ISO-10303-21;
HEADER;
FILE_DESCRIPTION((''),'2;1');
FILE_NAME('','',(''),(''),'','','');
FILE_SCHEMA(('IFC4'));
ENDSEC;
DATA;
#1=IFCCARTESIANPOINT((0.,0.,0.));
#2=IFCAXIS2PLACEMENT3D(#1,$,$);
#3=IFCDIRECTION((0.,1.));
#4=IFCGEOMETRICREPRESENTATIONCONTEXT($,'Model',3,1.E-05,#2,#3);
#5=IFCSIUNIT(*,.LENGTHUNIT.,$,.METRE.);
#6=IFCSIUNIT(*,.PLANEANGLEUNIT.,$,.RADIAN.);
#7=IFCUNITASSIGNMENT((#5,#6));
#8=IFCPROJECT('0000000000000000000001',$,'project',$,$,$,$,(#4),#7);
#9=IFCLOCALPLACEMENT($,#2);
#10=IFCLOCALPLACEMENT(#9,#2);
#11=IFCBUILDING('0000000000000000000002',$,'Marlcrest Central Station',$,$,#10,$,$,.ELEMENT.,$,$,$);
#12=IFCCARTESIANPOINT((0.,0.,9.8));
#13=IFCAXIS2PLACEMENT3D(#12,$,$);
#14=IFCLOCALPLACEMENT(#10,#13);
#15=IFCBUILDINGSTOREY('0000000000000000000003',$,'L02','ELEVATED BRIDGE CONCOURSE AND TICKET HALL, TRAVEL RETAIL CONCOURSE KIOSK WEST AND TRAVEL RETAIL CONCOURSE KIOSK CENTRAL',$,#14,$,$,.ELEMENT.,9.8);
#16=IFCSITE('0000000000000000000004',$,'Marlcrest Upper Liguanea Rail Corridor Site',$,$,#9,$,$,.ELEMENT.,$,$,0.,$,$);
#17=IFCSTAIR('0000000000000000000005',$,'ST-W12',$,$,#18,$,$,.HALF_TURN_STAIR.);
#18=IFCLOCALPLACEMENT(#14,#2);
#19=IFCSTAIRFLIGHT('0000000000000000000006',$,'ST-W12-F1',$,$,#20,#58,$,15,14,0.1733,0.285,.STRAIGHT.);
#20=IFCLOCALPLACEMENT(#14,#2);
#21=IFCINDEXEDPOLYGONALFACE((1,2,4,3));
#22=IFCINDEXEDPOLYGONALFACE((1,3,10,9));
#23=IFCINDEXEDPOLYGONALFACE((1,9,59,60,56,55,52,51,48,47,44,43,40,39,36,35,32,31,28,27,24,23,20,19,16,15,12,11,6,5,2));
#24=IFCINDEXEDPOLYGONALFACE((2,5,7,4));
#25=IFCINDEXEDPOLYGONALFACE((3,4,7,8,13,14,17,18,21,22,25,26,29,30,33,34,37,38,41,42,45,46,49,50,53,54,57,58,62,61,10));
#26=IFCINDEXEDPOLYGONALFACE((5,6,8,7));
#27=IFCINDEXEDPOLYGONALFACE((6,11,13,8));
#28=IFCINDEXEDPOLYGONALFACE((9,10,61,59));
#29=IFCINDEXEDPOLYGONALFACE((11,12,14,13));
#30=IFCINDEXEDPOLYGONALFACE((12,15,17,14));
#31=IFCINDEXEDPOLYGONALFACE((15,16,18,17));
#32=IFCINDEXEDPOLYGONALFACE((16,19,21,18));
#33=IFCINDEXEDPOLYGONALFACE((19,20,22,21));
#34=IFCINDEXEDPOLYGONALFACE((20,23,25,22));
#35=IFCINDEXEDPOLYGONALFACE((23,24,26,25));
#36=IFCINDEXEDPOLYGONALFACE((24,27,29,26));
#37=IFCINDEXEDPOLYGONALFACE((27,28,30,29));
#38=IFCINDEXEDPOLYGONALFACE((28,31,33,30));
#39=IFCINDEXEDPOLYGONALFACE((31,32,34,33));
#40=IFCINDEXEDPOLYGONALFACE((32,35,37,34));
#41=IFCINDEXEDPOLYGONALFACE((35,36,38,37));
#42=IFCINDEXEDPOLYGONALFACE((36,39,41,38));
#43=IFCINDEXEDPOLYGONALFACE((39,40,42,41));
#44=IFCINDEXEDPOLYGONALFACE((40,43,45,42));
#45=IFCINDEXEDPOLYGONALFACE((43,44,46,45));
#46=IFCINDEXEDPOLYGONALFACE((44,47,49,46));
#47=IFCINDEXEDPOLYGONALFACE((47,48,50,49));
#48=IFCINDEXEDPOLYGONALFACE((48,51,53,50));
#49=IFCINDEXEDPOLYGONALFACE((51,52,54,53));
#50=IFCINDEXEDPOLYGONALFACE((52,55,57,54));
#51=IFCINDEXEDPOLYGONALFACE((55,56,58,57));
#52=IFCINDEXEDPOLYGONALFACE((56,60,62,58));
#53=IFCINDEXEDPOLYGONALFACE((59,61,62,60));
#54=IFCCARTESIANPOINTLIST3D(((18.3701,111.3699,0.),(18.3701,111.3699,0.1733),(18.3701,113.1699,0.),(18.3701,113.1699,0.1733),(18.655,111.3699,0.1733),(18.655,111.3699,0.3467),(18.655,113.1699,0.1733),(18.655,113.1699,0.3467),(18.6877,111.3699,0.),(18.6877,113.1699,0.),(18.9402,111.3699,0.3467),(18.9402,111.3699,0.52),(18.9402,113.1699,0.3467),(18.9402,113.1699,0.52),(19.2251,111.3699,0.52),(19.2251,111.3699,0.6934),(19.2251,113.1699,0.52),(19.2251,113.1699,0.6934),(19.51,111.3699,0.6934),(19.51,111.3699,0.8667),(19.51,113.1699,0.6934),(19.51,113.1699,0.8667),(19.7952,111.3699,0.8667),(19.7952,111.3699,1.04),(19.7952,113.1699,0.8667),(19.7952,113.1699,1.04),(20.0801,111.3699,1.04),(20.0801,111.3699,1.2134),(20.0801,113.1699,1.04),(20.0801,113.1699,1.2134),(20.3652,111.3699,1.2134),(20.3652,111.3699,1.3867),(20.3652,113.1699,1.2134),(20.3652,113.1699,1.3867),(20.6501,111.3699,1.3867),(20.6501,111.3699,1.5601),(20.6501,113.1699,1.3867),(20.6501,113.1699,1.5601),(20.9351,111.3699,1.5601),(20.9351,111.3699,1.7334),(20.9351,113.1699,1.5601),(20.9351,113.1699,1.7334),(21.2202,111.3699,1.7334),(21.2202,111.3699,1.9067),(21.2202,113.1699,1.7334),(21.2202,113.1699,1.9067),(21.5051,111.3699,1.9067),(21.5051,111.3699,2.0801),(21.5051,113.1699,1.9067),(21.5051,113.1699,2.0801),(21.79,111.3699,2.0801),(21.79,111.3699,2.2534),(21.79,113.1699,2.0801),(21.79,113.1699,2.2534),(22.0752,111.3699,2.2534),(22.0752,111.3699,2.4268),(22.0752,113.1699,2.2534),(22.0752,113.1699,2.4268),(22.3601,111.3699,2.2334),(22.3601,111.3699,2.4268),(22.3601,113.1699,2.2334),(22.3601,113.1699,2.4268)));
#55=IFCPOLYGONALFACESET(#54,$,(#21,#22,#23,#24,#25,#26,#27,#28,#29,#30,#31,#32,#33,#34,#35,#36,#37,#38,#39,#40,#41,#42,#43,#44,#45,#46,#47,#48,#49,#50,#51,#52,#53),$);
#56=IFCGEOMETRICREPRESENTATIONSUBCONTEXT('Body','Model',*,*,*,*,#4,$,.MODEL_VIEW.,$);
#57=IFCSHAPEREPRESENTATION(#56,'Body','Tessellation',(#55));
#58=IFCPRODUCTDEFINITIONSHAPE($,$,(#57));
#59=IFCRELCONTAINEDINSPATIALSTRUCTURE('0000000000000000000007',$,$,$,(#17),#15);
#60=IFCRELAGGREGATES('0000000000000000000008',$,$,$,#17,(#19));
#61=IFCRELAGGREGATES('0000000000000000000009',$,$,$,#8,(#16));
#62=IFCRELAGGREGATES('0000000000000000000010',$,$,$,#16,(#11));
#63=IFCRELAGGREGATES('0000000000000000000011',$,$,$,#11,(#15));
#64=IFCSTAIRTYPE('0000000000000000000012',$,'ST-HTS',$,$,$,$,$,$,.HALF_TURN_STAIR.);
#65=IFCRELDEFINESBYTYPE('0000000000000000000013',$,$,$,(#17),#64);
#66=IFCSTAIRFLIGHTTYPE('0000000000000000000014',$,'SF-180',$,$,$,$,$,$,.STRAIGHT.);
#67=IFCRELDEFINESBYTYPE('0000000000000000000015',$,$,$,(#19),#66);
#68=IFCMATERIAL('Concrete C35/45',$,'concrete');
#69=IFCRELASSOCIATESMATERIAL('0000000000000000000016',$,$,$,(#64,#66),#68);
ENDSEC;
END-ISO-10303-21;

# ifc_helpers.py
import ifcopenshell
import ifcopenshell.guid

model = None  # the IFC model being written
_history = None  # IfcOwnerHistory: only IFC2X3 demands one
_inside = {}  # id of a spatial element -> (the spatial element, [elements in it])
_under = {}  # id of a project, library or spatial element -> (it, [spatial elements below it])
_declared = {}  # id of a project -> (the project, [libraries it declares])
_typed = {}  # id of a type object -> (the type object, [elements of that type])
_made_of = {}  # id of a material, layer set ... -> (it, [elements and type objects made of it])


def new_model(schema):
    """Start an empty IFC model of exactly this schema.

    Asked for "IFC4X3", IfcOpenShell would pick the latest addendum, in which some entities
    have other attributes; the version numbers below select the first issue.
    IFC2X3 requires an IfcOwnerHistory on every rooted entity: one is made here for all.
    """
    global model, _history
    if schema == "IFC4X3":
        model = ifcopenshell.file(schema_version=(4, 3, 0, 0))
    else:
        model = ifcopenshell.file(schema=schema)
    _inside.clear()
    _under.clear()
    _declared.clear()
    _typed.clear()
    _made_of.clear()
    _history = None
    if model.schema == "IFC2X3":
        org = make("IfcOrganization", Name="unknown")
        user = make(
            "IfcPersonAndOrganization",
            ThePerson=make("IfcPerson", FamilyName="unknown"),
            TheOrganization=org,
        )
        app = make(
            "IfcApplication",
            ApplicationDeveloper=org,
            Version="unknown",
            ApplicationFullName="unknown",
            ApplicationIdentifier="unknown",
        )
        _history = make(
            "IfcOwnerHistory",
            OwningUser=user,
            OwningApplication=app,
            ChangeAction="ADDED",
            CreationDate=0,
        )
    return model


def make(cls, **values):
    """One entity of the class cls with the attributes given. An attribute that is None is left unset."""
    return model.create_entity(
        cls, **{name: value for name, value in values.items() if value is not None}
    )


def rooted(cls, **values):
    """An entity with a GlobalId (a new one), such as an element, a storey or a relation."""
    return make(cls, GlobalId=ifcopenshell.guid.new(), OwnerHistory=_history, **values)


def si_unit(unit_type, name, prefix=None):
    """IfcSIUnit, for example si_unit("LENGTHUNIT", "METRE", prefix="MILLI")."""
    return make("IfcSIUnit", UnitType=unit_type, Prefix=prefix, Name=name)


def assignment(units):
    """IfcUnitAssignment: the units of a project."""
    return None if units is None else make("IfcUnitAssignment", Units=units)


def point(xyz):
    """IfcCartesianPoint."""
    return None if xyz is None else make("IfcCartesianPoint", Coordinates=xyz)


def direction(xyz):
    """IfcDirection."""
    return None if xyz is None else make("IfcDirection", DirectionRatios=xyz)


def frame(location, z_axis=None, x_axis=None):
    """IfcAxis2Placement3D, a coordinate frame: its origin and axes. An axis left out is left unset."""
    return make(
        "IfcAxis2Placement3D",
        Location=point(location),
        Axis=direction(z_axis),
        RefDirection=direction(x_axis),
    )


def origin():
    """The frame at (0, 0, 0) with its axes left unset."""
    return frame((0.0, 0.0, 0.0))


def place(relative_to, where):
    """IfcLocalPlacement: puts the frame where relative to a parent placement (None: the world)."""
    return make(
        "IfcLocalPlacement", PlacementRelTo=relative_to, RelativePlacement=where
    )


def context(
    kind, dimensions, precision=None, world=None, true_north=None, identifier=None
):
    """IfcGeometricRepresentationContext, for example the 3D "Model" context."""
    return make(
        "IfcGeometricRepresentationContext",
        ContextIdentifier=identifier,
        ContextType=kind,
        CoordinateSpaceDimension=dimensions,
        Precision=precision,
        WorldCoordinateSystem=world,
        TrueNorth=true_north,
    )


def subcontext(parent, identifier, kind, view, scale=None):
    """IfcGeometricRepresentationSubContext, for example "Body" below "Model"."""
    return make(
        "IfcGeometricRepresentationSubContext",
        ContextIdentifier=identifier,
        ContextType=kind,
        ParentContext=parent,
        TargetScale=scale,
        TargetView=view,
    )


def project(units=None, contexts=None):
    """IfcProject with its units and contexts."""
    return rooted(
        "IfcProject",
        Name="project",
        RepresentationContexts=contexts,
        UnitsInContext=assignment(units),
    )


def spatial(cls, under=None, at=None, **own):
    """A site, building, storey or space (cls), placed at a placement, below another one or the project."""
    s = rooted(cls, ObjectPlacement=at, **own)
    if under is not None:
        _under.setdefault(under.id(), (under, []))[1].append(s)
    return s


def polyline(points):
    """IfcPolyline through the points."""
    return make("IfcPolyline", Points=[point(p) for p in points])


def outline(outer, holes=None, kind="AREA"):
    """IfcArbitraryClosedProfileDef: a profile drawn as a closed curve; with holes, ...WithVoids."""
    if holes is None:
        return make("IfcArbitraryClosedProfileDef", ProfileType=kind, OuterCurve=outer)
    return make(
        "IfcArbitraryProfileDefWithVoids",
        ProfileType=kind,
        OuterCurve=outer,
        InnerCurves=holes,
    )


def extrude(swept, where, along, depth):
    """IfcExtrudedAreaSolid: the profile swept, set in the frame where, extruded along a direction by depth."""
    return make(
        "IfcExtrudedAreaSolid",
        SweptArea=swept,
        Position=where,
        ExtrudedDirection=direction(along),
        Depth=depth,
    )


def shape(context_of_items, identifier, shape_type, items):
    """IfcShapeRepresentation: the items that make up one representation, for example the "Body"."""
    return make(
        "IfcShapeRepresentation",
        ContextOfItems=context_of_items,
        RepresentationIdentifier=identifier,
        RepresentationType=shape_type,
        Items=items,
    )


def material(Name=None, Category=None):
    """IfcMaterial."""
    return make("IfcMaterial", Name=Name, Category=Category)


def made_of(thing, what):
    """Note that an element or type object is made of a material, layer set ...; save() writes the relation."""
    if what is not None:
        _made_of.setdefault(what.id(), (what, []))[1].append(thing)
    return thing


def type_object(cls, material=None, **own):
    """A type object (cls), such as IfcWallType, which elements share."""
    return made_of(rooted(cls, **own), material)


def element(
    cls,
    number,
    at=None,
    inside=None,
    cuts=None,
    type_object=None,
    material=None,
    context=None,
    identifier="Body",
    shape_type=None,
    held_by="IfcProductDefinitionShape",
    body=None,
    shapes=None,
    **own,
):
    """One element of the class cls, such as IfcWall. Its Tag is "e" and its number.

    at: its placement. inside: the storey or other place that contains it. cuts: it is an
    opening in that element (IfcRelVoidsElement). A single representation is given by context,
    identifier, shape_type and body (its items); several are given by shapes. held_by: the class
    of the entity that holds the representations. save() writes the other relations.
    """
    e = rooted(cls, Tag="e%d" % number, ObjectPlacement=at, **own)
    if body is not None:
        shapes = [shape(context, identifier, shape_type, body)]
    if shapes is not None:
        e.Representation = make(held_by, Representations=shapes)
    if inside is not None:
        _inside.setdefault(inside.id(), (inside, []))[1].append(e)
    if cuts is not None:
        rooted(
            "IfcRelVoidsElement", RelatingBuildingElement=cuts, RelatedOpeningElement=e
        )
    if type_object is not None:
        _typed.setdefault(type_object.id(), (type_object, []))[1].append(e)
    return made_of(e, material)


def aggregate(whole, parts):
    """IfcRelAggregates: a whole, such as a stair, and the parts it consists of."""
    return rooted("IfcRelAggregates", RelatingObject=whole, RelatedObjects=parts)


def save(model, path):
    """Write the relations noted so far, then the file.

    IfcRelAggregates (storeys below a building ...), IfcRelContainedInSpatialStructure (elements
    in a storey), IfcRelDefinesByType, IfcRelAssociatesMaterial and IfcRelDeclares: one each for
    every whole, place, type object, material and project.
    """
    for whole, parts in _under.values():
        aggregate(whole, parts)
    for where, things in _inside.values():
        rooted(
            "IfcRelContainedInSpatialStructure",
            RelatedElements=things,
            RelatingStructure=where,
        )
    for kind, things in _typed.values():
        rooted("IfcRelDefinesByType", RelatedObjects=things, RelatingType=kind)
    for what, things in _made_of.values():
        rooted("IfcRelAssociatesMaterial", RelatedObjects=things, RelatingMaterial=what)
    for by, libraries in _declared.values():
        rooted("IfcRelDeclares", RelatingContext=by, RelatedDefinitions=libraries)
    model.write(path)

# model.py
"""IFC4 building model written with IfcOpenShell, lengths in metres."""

from ifc_helpers import new_model, si_unit, direction, frame, origin, place, context, subcontext, project, spatial, polyline, outline, extrude, material, type_object, element, aggregate, save


model = new_model("IFC4")

# Units and contexts
model_context = context("Model", 3, precision=1e-05, world=origin(), true_north=direction((0.0, 1.0)))
body_context = subcontext(model_context, "Body", "Model", "MODEL_VIEW")
ifc_project = project(units=[si_unit("LENGTHUNIT", "METRE"), si_unit("PLANEANGLEUNIT", "RADIAN")], contexts=[model_context])

# Site, building, storey
site_placement = place(None, origin())
site = spatial("IfcSite", under=ifc_project, at=site_placement, Name="Marlcrest Upper Liguanea Rail Corridor Site", CompositionType="ELEMENT", RefElevation=0.0)
building_placement = place(site_placement, origin())
building = spatial("IfcBuilding", under=site, at=building_placement, Name="Marlcrest Central Station", CompositionType="ELEMENT")
storey_placement = place(building_placement, frame((0.0, 0.0, 9.8)))
storey = spatial("IfcBuildingStorey", under=building, at=storey_placement, Name="L02", Description="ELEVATED BRIDGE CONCOURSE AND TICKET HALL, TRAVEL RETAIL CONCOURSE KIOSK WEST AND TRAVEL RETAIL CONCOURSE KIOSK CENTRAL", CompositionType="ELEMENT", Elevation=9.8)

# Stair, stair flight
ifc_material_1 = material(Name="Concrete C35/45", Category="concrete")
stair_type = type_object("IfcStairType", Name="ST-HTS", PredefinedType="HALF_TURN_STAIR", material=ifc_material_1)
stair_placement = place(storey_placement, origin())
stair = element("IfcStair", 1, at=stair_placement, inside=storey, type_object=stair_type, Name="ST-W12", PredefinedType="HALF_TURN_STAIR")
stair_flight_type = type_object("IfcStairFlightType", Name="SF-180", PredefinedType="STRAIGHT", material=ifc_material_1)
stair_flight_placement = place(storey_placement, frame((18.3701, 112.27, 0.0), z_axis=(0.0, 0.0, 1.0), x_axis=(1.0, 0.0, 0.0)))
stair_flight = element("IfcStairFlight", 2, at=stair_flight_placement, type_object=stair_flight_type, Name="ST-W12-F1", NumberOfRisers=15, NumberOfTreads=14, PredefinedType="STRAIGHT", RiserHeight=0.1733, TreadLength=0.285, context=body_context, shape_type="SweptSolid", body=[
    extrude(outline(polyline([(0.0, 0.0), (0.0, 0.1733), (0.2849, 0.1733), (0.2849, 0.3467), (0.5701, 0.3467), (0.5701, 0.52), (0.855, 0.52), (0.855, 0.6934), (1.1399, 0.6934), (1.1399, 0.8667), (1.425, 0.8667), (1.425, 1.04), (1.71, 1.04), (1.71, 1.2134), (1.9951, 1.2134), (1.9951, 1.3867), (2.28, 1.3867), (2.28, 1.5601), (2.5649, 1.5601), (2.5649, 1.7334), (2.8501, 1.7334), (2.8501, 1.9067), (3.135, 1.9067), (3.135, 2.0801), (3.4199, 2.0801), (3.4199, 2.2534), (3.7051, 2.2534), (3.7051, 2.4268), (3.99, 2.4268), (3.99, 2.6001), (3.99, 2.2334), (0.3176, 0.0), (0.0, 0.0)])), frame((0.0, 0.8999, 0.0), z_axis=(0.0, -1.0, 0.0), x_axis=(1.0, 0.0, 0.0)), (0.0, 0.0, 1.0), 1.8),
])
aggregate(stair, [stair_flight])

save(model, "model.ifc")
